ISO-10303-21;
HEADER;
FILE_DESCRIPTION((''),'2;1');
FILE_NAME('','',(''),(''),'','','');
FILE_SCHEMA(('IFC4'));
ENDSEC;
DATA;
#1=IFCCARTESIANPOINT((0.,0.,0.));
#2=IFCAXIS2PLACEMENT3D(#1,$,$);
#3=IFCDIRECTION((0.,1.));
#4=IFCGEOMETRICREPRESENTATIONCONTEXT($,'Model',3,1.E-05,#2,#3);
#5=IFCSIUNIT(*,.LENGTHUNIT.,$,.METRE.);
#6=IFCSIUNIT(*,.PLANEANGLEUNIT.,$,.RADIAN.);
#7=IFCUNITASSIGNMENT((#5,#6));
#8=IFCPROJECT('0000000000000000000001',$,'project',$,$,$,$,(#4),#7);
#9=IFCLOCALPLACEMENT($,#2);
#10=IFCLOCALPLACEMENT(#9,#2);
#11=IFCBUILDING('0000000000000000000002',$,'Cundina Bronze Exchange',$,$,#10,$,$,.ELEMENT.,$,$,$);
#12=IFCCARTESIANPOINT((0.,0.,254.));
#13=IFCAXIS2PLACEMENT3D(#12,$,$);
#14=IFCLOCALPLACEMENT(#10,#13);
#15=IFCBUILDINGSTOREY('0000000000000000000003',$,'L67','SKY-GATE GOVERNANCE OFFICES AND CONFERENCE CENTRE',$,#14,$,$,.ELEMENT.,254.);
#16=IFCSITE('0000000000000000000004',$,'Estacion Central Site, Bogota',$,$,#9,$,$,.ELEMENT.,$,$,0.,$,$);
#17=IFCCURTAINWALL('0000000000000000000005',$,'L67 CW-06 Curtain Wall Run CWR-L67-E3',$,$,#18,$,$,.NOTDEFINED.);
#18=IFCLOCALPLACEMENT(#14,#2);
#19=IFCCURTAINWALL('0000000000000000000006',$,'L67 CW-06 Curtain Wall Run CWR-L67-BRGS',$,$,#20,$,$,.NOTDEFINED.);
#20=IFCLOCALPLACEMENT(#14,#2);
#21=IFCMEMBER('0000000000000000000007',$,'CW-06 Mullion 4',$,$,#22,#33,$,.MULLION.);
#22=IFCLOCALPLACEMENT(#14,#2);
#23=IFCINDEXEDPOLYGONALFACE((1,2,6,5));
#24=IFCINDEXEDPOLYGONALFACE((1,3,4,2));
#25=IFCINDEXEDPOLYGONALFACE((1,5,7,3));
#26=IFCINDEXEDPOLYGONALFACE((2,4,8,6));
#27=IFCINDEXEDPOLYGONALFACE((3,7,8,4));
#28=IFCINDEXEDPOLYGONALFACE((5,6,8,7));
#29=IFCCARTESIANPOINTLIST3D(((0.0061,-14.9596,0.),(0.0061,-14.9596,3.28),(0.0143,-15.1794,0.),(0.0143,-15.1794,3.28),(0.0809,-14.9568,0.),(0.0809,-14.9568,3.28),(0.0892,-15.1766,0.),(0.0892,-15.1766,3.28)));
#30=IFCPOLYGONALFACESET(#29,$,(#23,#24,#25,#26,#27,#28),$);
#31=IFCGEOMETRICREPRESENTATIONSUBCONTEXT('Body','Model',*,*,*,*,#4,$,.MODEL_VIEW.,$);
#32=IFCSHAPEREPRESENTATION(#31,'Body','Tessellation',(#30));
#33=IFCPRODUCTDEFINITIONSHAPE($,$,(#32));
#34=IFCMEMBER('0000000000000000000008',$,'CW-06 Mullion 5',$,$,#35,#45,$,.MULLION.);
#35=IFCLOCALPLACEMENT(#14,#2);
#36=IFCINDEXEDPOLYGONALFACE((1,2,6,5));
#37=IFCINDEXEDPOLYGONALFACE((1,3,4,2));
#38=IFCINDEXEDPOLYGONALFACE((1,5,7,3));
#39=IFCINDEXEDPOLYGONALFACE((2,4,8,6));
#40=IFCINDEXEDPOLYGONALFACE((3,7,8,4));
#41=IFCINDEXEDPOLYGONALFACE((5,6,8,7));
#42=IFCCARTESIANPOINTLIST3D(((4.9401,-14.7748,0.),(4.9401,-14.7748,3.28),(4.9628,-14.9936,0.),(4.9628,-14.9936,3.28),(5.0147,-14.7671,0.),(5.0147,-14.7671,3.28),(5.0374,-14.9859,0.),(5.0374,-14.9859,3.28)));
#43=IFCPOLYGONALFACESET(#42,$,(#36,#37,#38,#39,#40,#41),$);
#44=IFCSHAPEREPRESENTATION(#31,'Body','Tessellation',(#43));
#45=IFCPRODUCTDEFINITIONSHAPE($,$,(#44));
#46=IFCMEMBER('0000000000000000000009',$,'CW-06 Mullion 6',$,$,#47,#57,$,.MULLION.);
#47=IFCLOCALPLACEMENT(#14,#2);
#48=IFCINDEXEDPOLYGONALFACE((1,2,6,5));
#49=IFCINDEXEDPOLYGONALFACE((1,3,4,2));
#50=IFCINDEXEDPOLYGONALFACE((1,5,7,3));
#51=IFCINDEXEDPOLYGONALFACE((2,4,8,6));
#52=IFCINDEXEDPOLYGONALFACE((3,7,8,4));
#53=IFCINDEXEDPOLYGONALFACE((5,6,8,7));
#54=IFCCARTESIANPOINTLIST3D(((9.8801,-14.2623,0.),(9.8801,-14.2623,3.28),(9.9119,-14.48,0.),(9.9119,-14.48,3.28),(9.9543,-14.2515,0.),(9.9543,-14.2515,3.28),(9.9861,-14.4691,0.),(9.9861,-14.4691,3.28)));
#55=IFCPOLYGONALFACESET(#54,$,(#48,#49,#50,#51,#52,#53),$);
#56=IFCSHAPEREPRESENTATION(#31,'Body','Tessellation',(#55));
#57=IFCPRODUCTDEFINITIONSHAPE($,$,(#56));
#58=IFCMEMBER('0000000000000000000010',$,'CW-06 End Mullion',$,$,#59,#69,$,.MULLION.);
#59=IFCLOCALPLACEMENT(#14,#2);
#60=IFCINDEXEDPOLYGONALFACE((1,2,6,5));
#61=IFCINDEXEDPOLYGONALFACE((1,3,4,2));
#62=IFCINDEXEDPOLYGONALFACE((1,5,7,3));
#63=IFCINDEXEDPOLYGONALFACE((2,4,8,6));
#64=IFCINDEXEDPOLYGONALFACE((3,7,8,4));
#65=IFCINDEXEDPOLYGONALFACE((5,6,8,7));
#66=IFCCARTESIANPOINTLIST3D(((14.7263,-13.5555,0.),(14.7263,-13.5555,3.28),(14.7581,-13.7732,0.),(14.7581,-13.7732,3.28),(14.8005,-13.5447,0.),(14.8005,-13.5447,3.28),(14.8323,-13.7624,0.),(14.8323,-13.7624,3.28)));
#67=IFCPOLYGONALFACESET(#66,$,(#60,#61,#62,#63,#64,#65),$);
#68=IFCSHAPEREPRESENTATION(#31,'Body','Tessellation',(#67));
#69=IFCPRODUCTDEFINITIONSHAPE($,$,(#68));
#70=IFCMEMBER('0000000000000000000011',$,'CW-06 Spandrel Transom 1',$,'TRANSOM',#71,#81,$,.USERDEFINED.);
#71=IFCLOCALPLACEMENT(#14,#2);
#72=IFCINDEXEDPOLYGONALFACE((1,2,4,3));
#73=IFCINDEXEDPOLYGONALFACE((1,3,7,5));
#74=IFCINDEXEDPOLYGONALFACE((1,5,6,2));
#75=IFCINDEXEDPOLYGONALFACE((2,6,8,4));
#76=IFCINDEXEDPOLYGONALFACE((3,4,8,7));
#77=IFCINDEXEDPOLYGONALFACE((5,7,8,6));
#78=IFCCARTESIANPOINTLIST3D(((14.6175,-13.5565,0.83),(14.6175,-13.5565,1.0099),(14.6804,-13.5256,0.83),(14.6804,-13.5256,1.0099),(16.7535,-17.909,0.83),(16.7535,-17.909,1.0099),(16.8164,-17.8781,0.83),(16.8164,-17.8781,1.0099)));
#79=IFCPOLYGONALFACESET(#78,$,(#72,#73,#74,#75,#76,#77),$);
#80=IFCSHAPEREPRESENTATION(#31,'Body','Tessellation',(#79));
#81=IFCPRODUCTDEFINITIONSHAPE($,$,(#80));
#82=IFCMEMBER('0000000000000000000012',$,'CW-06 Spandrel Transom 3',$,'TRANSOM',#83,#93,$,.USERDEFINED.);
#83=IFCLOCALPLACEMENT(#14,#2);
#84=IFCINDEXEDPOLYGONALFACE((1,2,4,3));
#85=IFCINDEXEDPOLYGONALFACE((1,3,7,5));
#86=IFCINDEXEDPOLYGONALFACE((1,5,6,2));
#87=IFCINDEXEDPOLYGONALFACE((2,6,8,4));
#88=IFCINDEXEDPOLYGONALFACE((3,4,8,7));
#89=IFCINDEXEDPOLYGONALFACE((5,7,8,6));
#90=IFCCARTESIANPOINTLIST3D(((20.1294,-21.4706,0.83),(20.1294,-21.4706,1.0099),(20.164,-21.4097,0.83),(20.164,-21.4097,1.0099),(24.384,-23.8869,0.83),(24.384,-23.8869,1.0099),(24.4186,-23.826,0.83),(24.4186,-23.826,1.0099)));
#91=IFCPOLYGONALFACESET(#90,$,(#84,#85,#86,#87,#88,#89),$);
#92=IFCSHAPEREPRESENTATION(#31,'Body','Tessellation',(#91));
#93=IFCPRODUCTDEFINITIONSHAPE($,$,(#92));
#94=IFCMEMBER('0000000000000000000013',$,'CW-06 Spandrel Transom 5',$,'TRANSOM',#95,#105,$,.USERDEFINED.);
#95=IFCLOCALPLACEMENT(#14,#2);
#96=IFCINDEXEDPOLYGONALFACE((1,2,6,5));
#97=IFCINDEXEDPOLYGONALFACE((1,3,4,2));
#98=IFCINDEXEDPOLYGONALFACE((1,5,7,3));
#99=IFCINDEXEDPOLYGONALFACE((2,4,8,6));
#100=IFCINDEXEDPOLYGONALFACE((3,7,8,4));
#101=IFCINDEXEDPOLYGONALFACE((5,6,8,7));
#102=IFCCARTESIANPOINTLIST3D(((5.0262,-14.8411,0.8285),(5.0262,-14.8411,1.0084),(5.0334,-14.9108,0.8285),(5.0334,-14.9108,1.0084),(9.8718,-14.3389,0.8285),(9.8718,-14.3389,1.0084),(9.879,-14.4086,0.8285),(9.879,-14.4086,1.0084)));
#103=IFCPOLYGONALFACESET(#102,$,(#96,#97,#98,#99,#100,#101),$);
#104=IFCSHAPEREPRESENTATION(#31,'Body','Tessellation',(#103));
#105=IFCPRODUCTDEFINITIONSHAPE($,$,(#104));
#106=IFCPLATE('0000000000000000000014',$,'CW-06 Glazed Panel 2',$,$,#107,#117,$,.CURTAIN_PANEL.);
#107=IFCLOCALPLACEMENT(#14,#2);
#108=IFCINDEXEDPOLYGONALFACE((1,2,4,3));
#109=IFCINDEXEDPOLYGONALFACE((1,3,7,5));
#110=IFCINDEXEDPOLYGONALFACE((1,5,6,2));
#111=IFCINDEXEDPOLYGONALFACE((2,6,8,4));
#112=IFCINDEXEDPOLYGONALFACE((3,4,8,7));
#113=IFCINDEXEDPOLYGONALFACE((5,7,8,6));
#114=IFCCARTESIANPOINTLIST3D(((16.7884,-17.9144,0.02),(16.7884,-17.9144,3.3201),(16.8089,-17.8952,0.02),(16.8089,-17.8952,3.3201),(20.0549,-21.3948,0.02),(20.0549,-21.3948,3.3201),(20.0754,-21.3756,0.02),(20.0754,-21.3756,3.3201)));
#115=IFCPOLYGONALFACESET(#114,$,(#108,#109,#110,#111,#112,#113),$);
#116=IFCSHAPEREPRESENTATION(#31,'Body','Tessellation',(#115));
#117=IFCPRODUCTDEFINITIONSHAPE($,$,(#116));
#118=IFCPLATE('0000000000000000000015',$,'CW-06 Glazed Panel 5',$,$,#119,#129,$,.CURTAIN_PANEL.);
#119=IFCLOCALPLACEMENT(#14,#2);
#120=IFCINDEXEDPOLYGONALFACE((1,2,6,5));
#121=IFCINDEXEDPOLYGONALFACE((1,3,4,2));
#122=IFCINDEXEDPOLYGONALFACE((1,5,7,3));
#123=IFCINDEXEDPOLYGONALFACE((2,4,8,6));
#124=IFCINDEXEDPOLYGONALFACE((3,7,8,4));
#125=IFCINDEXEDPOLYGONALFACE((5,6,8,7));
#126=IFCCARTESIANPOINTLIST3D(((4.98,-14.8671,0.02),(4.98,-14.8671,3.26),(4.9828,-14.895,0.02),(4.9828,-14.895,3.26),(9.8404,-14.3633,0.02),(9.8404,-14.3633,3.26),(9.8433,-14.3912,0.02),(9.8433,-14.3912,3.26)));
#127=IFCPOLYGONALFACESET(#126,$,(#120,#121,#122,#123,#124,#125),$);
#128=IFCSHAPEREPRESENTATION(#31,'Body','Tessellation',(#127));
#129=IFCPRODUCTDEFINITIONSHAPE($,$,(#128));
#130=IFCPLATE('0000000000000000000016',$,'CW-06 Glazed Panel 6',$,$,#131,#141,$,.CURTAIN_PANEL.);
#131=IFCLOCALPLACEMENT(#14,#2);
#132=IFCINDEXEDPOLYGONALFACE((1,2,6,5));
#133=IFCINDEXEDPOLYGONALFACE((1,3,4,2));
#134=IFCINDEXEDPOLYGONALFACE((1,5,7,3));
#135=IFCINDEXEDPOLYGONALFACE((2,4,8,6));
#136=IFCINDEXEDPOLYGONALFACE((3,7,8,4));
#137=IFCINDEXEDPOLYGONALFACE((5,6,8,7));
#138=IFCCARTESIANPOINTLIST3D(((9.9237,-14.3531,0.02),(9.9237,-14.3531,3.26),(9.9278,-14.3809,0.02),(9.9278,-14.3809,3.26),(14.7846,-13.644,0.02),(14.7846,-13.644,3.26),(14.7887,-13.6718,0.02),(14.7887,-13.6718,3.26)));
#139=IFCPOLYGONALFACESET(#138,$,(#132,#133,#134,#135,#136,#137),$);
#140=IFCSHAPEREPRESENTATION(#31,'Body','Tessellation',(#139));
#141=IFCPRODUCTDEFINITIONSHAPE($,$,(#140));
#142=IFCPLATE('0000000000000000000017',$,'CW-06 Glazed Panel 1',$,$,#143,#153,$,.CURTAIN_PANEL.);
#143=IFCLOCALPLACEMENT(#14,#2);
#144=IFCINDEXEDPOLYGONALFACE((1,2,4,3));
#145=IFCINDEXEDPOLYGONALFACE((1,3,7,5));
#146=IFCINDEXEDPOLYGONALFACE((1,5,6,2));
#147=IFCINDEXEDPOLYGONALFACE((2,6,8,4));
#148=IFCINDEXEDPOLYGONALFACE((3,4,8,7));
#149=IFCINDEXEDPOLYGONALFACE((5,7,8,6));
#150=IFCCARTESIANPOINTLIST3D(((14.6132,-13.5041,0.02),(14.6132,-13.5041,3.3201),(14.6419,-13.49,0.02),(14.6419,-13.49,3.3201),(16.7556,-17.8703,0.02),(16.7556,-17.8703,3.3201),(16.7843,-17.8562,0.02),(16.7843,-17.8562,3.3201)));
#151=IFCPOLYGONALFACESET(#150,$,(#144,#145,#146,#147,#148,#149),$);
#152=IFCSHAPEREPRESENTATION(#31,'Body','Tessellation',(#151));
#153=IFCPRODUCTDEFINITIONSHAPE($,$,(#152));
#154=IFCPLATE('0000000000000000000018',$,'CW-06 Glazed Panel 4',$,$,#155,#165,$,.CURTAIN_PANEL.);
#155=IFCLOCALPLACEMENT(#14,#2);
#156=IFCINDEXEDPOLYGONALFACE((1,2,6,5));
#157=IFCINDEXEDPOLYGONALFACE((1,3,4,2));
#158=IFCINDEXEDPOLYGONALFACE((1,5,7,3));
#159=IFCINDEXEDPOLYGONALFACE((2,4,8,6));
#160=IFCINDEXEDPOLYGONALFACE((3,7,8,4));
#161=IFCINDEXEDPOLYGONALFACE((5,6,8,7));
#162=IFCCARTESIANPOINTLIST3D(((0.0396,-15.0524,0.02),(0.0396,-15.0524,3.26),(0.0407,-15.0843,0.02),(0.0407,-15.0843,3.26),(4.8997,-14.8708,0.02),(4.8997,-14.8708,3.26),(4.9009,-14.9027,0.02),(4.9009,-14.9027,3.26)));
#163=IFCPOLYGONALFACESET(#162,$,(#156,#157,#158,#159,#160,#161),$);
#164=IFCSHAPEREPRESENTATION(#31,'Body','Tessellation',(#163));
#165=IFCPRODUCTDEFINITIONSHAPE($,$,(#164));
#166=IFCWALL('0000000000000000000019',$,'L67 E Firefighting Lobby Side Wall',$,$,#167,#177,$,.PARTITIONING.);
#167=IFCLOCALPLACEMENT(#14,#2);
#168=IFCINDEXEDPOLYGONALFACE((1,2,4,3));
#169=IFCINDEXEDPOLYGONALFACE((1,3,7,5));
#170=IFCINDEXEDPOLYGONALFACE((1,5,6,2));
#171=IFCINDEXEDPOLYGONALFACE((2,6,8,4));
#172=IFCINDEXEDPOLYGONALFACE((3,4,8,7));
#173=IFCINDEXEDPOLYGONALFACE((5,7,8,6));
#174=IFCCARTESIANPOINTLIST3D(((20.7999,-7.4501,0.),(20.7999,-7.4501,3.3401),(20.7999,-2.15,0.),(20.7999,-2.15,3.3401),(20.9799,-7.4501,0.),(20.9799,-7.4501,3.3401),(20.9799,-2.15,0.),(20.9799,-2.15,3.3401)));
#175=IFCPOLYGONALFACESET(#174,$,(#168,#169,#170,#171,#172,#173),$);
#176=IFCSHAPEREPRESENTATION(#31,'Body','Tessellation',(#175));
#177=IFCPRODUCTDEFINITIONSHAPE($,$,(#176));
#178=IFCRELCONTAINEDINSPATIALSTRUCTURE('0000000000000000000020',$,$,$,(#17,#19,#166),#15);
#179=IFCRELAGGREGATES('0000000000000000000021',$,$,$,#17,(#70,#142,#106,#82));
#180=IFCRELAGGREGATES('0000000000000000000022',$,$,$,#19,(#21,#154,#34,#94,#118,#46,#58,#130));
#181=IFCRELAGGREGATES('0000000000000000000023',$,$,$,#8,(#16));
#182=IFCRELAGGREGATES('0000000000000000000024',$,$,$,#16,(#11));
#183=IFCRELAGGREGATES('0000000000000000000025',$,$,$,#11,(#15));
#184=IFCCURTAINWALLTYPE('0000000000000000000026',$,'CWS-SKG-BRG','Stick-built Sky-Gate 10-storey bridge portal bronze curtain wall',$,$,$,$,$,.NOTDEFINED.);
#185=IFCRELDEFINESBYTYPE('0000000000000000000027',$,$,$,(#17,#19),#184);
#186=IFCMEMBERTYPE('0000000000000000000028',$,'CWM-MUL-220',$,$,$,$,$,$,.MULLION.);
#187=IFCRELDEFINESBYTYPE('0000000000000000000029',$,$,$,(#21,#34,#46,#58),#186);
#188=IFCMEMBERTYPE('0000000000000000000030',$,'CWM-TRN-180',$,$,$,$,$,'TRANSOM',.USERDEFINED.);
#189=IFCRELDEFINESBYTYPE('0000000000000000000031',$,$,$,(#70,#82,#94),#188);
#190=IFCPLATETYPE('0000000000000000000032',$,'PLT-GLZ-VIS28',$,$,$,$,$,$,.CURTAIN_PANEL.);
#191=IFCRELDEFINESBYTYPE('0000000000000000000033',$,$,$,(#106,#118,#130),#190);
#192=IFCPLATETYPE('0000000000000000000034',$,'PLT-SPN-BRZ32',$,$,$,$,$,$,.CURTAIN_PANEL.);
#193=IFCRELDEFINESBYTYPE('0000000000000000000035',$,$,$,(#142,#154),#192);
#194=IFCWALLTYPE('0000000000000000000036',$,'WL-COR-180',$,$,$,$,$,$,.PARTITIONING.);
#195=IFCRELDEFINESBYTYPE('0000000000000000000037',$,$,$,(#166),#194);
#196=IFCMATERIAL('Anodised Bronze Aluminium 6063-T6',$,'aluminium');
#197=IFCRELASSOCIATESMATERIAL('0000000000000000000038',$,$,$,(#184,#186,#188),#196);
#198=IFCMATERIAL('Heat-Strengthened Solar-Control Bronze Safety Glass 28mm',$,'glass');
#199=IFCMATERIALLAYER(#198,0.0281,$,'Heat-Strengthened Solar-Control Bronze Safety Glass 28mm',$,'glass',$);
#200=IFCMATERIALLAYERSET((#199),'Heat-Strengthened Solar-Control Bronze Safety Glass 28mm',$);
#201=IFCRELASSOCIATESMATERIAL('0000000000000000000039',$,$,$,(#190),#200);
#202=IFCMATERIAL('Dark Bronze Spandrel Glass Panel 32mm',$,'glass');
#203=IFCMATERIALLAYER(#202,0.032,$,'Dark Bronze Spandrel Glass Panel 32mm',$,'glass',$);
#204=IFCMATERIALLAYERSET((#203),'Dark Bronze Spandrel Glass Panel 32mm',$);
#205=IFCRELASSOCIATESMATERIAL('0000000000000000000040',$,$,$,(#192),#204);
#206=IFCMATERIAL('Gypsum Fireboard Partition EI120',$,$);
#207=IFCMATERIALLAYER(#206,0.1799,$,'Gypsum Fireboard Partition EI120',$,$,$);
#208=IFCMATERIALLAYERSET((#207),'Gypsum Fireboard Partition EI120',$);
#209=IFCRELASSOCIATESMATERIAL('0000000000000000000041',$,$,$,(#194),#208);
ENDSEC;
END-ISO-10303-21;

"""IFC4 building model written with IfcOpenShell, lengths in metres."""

from ifc_helpers import new_model, si_unit, direction, frame, frame_2d, origin, origin_2d, place, context, subcontext, project, spatial, rectangle, extrude, material, layer, layer_set, material_profile, profile_set, type_object, element, aggregate, save


model = new_model("IFC4")

# Units and contexts
model_context = context("Model", 3, precision=1e-05, world=origin(), true_north=direction((0.0, 1.0)))
body_context = subcontext(model_context, "Body", "Model", "MODEL_VIEW")
ifc_project = project(units=[si_unit("LENGTHUNIT", "METRE"), si_unit("PLANEANGLEUNIT", "RADIAN")], contexts=[model_context])

# Site, building, storey
site_placement = place(None, origin())
site = spatial("IfcSite", under=ifc_project, at=site_placement, Name="Estacion Central Site, Bogota", CompositionType="ELEMENT", RefElevation=0.0)
building_placement = place(site_placement, origin())
building = spatial("IfcBuilding", under=site, at=building_placement, Name="Cundina Bronze Exchange", CompositionType="ELEMENT")
storey_placement = place(building_placement, frame((0.0, 0.0, 254.0)))
storey = spatial("IfcBuildingStorey", under=building, at=storey_placement, Name="L67", Description="SKY-GATE GOVERNANCE OFFICES AND CONFERENCE CENTRE", CompositionType="ELEMENT", Elevation=254.0)

# Curtain walls, members
ifc_material_1 = material(Name="Anodised Bronze Aluminium 6063-T6", Category="aluminium")
curtain_wall_type = type_object("IfcCurtainWallType", Name="CWS-SKG-BRG", Description="Stick-built Sky-Gate 10-storey bridge portal bronze curtain wall", PredefinedType="NOTDEFINED", material=ifc_material_1)
curtain_wall_1_placement = place(storey_placement, origin())
curtain_wall_1 = element("IfcCurtainWall", 1, at=curtain_wall_1_placement, inside=storey, type_object=curtain_wall_type, Name="L67 CW-06 Curtain Wall Run CWR-L67-E3", PredefinedType="NOTDEFINED")
ifc_material_profile_1 = material_profile(ifc_material_1, rectangle(XDim=0.075, YDim=0.22, at=origin_2d()), Name="AL75X220", Category="aluminium")
ifc_profile_set_1 = profile_set([ifc_material_profile_1], Name="Anodised Bronze Aluminium 6063-T6")
member_type_1 = type_object("IfcMemberType", Name="CWM-MUL-220", PredefinedType="MULLION", material=ifc_profile_set_1)
curtain_wall_2_placement = place(storey_placement, origin())
curtain_wall_2 = element("IfcCurtainWall", 2, at=curtain_wall_2_placement, inside=storey, type_object=curtain_wall_type, Name="L67 CW-06 Curtain Wall Run CWR-L67-BRGS", PredefinedType="NOTDEFINED")
member_1_placement = place(storey_placement, frame((0.0476, -15.0681, 0.0), z_axis=(0.0, 0.0, 1.0), x_axis=(0.999303, 0.037341, 0.0)))
member_1 = element("IfcMember", 3, at=member_1_placement, type_object=member_type_1, Name="CW-06 Mullion 4", PredefinedType="MULLION", context=body_context, shape_type="SweptSolid", body=[
    extrude(rectangle(XDim=0.075, YDim=0.22, at=origin_2d()), origin(), (0.0, 0.0, 1.0), 3.28),
])
member_2_placement = place(storey_placement, frame((4.9888, -14.8804, 0.0), z_axis=(0.0, 0.0, 1.0), x_axis=(0.994667, 0.10314, 0.0)))
member_2 = element("IfcMember", 4, at=member_2_placement, type_object=member_type_1, Name="CW-06 Mullion 5", PredefinedType="MULLION", context=body_context, shape_type="SweptSolid", body=[
    extrude(rectangle(XDim=0.075, YDim=0.22, at=origin_2d()), origin(), (0.0, 0.0, 1.0), 3.28),
])
member_3_placement = place(storey_placement, frame((9.9331, -14.3657, 0.0), z_axis=(0.0, 0.0, 1.0), x_axis=(0.989526, 0.144356, 0.0)))
member_3 = element("IfcMember", 5, at=member_3_placement, type_object=member_type_1, Name="CW-06 Mullion 6", PredefinedType="MULLION", context=body_context, shape_type="SweptSolid", body=[
    extrude(rectangle(XDim=0.075, YDim=0.22, at=origin_2d()), origin(), (0.0, 0.0, 1.0), 3.28),
])
member_4_placement = place(storey_placement, frame((14.7793, -13.6589, 0.0), z_axis=(0.0, 0.0, 1.0), x_axis=(0.989526, 0.144356, 0.0)))
member_4 = element("IfcMember", 6, at=member_4_placement, type_object=member_type_1, Name="CW-06 End Mullion", PredefinedType="MULLION", context=body_context, shape_type="SweptSolid", body=[
    extrude(rectangle(XDim=0.075, YDim=0.22, at=origin_2d()), origin(), (0.0, 0.0, 1.0), 3.28),
])

# Members
ifc_material_profile_2 = material_profile(ifc_material_1, rectangle(XDim=0.0701, YDim=0.1799, at=origin_2d()), Name="AL70X180", Category="aluminium")
ifc_profile_set_2 = profile_set([ifc_material_profile_2], Name="Anodised Bronze Aluminium 6063-T6")
member_type_2 = type_object("IfcMemberType", Name="CWM-TRN-180", ElementType="TRANSOM", PredefinedType="USERDEFINED", material=ifc_profile_set_2)
member_5_placement = place(storey_placement, frame((14.6489, -13.541, 0.9199), z_axis=(0.440554, -0.897726, 0.0), x_axis=(0.897726, 0.440554, 0.0)))
member_5 = element("IfcMember", 7, at=member_5_placement, type_object=member_type_2, Name="CW-06 Spandrel Transom 1", ObjectType="TRANSOM", PredefinedType="USERDEFINED", context=body_context, shape_type="SweptSolid", body=[
    extrude(rectangle(XDim=0.0701, YDim=0.1799, at=origin_2d()), origin(), (0.0, 0.0, 1.0), 4.8484),
])
member_6_placement = place(storey_placement, frame((20.1467, -21.4402, 0.9199), z_axis=(0.869557, -0.493832, 0.0), x_axis=(0.493832, 0.869557, 0.0)))
member_6 = element("IfcMember", 8, at=member_6_placement, type_object=member_type_2, Name="CW-06 Spandrel Transom 3", ObjectType="TRANSOM", PredefinedType="USERDEFINED", context=body_context, shape_type="SweptSolid", body=[
    extrude(rectangle(XDim=0.0701, YDim=0.1799, at=origin_2d()), origin(), (0.0, 0.0, 1.0), 4.8928),
])
member_7_placement = place(storey_placement, frame((5.0298, -14.876, 0.9185), z_axis=(0.994672, 0.103086, 0.0), x_axis=(-0.103086, 0.994672, 0.0)))
member_7 = element("IfcMember", 9, at=member_7_placement, type_object=member_type_2, Name="CW-06 Spandrel Transom 5", ObjectType="TRANSOM", PredefinedType="USERDEFINED", context=body_context, shape_type="SweptSolid", body=[
    extrude(rectangle(XDim=0.0701, YDim=0.1799, at=origin_2d()), origin(), (0.0, 0.0, 1.0), 4.8716),
])

# Plates
ifc_material_2 = material(Name="Heat-Strengthened Solar-Control Bronze Safety Glass 28mm", Category="glass")
ifc_layer_1 = layer(ifc_material_2, 0.0281, Name="Heat-Strengthened Solar-Control Bronze Safety Glass 28mm", Category="glass")
ifc_layer_set_1 = layer_set([ifc_layer_1], Name="Heat-Strengthened Solar-Control Bronze Safety Glass 28mm")
plate_type_1 = type_object("IfcPlateType", Name="PLT-GLZ-VIS28", PredefinedType="CURTAIN_PANEL", material=ifc_layer_set_1)
plate_1_placement = place(storey_placement, frame((18.4319, -19.645, 0.02), z_axis=(0.0, 0.0, 1.0), x_axis=(0.684344, -0.72916, 0.0)))
plate_1 = element("IfcPlate", 10, at=plate_1_placement, type_object=plate_type_1, Name="CW-06 Glazed Panel 2", PredefinedType="CURTAIN_PANEL", context=body_context, shape_type="SweptSolid", body=[
    extrude(rectangle(XDim=4.7732, YDim=0.0281, at=origin_2d()), origin(), (0.0, 0.0, 1.0), 3.3),
])
plate_2_placement = place(storey_placement, frame((7.4116, -14.6292, 0.02), z_axis=(0.0, 0.0, 1.0), x_axis=(0.994672, 0.103088, 0.0)))
plate_2 = element("IfcPlate", 11, at=plate_2_placement, type_object=plate_type_1, Name="CW-06 Glazed Panel 5", PredefinedType="CURTAIN_PANEL", context=body_context, shape_type="SweptSolid", body=[
    extrude(rectangle(XDim=4.8865, YDim=0.0281, at=origin_2d()), origin(), (0.0, 0.0, 1.0), 3.24),
])
plate_3_placement = place(storey_placement, frame((12.3562, -14.0125, 0.02), z_axis=(0.0, 0.0, 1.0), x_axis=(0.989528, 0.144339, 0.0)))
plate_3 = element("IfcPlate", 12, at=plate_3_placement, type_object=plate_type_1, Name="CW-06 Glazed Panel 6", PredefinedType="CURTAIN_PANEL", context=body_context, shape_type="SweptSolid", body=[
    extrude(rectangle(XDim=4.9124, YDim=0.0281, at=origin_2d()), origin(), (0.0, 0.0, 1.0), 3.24),
])
ifc_material_3 = material(Name="Dark Bronze Spandrel Glass Panel 32mm", Category="glass")
ifc_layer_2 = layer(ifc_material_3, 0.032, Name="Dark Bronze Spandrel Glass Panel 32mm", Category="glass")
ifc_layer_set_2 = layer_set([ifc_layer_2], Name="Dark Bronze Spandrel Glass Panel 32mm")
plate_type_2 = type_object("IfcPlateType", Name="PLT-SPN-BRZ32", PredefinedType="CURTAIN_PANEL", material=ifc_layer_set_2)
plate_4_placement = place(storey_placement, frame((15.6987, -15.6802, 0.02), z_axis=(0.0, 0.0, 1.0), x_axis=(0.440503, -0.897751, 0.0)))
plate_4 = element("IfcPlate", 13, at=plate_4_placement, type_object=plate_type_2, Name="CW-06 Glazed Panel 1", PredefinedType="CURTAIN_PANEL", context=body_context, shape_type="SweptSolid", body=[
    extrude(rectangle(XDim=4.8635, YDim=0.032, at=origin_2d()), origin(), (0.0, 0.0, 1.0), 3.3),
])
aggregate(curtain_wall_1, [member_5, plate_4, plate_1, member_6])
plate_5_placement = place(storey_placement, frame((2.4702, -14.9775, 0.02), z_axis=(0.0, 0.0, 1.0), x_axis=(0.999303, 0.037341, 0.0)))
plate_5 = element("IfcPlate", 14, at=plate_5_placement, type_object=plate_type_2, Name="CW-06 Glazed Panel 4", PredefinedType="CURTAIN_PANEL", context=body_context, shape_type="SweptSolid", body=[
    extrude(rectangle(XDim=4.8635, YDim=0.032, at=origin_2d()), origin(), (0.0, 0.0, 1.0), 3.24),
])
aggregate(curtain_wall_2, [member_1, plate_5, member_2, member_7, plate_2, member_3, member_4, plate_3])

# Wall
ifc_material_4 = material(Name="Gypsum Fireboard Partition EI120")
ifc_layer_3 = layer(ifc_material_4, 0.1799, Name="Gypsum Fireboard Partition EI120")
ifc_layer_set_3 = layer_set([ifc_layer_3], Name="Gypsum Fireboard Partition EI120")
wall_type = type_object("IfcWallType", Name="WL-COR-180", PredefinedType="PARTITIONING", material=ifc_layer_set_3)
wall_1_placement = place(storey_placement, frame((20.8899, -7.45, 0.0), z_axis=(0.0, 0.0, 1.0), x_axis=(0.0, 1.0, 0.0)))
element("IfcWall", 15, at=wall_1_placement, inside=storey, type_object=wall_type, Name="L67 E Firefighting Lobby Side Wall", PredefinedType="PARTITIONING", context=body_context, shape_type="SweptSolid", body=[
    extrude(rectangle(XDim=5.3, YDim=0.1799, at=frame_2d((2.6499, 0.0))), origin(), (0.0, 0.0, 1.0), 3.3401),
])

save(model, "model.ifc")
